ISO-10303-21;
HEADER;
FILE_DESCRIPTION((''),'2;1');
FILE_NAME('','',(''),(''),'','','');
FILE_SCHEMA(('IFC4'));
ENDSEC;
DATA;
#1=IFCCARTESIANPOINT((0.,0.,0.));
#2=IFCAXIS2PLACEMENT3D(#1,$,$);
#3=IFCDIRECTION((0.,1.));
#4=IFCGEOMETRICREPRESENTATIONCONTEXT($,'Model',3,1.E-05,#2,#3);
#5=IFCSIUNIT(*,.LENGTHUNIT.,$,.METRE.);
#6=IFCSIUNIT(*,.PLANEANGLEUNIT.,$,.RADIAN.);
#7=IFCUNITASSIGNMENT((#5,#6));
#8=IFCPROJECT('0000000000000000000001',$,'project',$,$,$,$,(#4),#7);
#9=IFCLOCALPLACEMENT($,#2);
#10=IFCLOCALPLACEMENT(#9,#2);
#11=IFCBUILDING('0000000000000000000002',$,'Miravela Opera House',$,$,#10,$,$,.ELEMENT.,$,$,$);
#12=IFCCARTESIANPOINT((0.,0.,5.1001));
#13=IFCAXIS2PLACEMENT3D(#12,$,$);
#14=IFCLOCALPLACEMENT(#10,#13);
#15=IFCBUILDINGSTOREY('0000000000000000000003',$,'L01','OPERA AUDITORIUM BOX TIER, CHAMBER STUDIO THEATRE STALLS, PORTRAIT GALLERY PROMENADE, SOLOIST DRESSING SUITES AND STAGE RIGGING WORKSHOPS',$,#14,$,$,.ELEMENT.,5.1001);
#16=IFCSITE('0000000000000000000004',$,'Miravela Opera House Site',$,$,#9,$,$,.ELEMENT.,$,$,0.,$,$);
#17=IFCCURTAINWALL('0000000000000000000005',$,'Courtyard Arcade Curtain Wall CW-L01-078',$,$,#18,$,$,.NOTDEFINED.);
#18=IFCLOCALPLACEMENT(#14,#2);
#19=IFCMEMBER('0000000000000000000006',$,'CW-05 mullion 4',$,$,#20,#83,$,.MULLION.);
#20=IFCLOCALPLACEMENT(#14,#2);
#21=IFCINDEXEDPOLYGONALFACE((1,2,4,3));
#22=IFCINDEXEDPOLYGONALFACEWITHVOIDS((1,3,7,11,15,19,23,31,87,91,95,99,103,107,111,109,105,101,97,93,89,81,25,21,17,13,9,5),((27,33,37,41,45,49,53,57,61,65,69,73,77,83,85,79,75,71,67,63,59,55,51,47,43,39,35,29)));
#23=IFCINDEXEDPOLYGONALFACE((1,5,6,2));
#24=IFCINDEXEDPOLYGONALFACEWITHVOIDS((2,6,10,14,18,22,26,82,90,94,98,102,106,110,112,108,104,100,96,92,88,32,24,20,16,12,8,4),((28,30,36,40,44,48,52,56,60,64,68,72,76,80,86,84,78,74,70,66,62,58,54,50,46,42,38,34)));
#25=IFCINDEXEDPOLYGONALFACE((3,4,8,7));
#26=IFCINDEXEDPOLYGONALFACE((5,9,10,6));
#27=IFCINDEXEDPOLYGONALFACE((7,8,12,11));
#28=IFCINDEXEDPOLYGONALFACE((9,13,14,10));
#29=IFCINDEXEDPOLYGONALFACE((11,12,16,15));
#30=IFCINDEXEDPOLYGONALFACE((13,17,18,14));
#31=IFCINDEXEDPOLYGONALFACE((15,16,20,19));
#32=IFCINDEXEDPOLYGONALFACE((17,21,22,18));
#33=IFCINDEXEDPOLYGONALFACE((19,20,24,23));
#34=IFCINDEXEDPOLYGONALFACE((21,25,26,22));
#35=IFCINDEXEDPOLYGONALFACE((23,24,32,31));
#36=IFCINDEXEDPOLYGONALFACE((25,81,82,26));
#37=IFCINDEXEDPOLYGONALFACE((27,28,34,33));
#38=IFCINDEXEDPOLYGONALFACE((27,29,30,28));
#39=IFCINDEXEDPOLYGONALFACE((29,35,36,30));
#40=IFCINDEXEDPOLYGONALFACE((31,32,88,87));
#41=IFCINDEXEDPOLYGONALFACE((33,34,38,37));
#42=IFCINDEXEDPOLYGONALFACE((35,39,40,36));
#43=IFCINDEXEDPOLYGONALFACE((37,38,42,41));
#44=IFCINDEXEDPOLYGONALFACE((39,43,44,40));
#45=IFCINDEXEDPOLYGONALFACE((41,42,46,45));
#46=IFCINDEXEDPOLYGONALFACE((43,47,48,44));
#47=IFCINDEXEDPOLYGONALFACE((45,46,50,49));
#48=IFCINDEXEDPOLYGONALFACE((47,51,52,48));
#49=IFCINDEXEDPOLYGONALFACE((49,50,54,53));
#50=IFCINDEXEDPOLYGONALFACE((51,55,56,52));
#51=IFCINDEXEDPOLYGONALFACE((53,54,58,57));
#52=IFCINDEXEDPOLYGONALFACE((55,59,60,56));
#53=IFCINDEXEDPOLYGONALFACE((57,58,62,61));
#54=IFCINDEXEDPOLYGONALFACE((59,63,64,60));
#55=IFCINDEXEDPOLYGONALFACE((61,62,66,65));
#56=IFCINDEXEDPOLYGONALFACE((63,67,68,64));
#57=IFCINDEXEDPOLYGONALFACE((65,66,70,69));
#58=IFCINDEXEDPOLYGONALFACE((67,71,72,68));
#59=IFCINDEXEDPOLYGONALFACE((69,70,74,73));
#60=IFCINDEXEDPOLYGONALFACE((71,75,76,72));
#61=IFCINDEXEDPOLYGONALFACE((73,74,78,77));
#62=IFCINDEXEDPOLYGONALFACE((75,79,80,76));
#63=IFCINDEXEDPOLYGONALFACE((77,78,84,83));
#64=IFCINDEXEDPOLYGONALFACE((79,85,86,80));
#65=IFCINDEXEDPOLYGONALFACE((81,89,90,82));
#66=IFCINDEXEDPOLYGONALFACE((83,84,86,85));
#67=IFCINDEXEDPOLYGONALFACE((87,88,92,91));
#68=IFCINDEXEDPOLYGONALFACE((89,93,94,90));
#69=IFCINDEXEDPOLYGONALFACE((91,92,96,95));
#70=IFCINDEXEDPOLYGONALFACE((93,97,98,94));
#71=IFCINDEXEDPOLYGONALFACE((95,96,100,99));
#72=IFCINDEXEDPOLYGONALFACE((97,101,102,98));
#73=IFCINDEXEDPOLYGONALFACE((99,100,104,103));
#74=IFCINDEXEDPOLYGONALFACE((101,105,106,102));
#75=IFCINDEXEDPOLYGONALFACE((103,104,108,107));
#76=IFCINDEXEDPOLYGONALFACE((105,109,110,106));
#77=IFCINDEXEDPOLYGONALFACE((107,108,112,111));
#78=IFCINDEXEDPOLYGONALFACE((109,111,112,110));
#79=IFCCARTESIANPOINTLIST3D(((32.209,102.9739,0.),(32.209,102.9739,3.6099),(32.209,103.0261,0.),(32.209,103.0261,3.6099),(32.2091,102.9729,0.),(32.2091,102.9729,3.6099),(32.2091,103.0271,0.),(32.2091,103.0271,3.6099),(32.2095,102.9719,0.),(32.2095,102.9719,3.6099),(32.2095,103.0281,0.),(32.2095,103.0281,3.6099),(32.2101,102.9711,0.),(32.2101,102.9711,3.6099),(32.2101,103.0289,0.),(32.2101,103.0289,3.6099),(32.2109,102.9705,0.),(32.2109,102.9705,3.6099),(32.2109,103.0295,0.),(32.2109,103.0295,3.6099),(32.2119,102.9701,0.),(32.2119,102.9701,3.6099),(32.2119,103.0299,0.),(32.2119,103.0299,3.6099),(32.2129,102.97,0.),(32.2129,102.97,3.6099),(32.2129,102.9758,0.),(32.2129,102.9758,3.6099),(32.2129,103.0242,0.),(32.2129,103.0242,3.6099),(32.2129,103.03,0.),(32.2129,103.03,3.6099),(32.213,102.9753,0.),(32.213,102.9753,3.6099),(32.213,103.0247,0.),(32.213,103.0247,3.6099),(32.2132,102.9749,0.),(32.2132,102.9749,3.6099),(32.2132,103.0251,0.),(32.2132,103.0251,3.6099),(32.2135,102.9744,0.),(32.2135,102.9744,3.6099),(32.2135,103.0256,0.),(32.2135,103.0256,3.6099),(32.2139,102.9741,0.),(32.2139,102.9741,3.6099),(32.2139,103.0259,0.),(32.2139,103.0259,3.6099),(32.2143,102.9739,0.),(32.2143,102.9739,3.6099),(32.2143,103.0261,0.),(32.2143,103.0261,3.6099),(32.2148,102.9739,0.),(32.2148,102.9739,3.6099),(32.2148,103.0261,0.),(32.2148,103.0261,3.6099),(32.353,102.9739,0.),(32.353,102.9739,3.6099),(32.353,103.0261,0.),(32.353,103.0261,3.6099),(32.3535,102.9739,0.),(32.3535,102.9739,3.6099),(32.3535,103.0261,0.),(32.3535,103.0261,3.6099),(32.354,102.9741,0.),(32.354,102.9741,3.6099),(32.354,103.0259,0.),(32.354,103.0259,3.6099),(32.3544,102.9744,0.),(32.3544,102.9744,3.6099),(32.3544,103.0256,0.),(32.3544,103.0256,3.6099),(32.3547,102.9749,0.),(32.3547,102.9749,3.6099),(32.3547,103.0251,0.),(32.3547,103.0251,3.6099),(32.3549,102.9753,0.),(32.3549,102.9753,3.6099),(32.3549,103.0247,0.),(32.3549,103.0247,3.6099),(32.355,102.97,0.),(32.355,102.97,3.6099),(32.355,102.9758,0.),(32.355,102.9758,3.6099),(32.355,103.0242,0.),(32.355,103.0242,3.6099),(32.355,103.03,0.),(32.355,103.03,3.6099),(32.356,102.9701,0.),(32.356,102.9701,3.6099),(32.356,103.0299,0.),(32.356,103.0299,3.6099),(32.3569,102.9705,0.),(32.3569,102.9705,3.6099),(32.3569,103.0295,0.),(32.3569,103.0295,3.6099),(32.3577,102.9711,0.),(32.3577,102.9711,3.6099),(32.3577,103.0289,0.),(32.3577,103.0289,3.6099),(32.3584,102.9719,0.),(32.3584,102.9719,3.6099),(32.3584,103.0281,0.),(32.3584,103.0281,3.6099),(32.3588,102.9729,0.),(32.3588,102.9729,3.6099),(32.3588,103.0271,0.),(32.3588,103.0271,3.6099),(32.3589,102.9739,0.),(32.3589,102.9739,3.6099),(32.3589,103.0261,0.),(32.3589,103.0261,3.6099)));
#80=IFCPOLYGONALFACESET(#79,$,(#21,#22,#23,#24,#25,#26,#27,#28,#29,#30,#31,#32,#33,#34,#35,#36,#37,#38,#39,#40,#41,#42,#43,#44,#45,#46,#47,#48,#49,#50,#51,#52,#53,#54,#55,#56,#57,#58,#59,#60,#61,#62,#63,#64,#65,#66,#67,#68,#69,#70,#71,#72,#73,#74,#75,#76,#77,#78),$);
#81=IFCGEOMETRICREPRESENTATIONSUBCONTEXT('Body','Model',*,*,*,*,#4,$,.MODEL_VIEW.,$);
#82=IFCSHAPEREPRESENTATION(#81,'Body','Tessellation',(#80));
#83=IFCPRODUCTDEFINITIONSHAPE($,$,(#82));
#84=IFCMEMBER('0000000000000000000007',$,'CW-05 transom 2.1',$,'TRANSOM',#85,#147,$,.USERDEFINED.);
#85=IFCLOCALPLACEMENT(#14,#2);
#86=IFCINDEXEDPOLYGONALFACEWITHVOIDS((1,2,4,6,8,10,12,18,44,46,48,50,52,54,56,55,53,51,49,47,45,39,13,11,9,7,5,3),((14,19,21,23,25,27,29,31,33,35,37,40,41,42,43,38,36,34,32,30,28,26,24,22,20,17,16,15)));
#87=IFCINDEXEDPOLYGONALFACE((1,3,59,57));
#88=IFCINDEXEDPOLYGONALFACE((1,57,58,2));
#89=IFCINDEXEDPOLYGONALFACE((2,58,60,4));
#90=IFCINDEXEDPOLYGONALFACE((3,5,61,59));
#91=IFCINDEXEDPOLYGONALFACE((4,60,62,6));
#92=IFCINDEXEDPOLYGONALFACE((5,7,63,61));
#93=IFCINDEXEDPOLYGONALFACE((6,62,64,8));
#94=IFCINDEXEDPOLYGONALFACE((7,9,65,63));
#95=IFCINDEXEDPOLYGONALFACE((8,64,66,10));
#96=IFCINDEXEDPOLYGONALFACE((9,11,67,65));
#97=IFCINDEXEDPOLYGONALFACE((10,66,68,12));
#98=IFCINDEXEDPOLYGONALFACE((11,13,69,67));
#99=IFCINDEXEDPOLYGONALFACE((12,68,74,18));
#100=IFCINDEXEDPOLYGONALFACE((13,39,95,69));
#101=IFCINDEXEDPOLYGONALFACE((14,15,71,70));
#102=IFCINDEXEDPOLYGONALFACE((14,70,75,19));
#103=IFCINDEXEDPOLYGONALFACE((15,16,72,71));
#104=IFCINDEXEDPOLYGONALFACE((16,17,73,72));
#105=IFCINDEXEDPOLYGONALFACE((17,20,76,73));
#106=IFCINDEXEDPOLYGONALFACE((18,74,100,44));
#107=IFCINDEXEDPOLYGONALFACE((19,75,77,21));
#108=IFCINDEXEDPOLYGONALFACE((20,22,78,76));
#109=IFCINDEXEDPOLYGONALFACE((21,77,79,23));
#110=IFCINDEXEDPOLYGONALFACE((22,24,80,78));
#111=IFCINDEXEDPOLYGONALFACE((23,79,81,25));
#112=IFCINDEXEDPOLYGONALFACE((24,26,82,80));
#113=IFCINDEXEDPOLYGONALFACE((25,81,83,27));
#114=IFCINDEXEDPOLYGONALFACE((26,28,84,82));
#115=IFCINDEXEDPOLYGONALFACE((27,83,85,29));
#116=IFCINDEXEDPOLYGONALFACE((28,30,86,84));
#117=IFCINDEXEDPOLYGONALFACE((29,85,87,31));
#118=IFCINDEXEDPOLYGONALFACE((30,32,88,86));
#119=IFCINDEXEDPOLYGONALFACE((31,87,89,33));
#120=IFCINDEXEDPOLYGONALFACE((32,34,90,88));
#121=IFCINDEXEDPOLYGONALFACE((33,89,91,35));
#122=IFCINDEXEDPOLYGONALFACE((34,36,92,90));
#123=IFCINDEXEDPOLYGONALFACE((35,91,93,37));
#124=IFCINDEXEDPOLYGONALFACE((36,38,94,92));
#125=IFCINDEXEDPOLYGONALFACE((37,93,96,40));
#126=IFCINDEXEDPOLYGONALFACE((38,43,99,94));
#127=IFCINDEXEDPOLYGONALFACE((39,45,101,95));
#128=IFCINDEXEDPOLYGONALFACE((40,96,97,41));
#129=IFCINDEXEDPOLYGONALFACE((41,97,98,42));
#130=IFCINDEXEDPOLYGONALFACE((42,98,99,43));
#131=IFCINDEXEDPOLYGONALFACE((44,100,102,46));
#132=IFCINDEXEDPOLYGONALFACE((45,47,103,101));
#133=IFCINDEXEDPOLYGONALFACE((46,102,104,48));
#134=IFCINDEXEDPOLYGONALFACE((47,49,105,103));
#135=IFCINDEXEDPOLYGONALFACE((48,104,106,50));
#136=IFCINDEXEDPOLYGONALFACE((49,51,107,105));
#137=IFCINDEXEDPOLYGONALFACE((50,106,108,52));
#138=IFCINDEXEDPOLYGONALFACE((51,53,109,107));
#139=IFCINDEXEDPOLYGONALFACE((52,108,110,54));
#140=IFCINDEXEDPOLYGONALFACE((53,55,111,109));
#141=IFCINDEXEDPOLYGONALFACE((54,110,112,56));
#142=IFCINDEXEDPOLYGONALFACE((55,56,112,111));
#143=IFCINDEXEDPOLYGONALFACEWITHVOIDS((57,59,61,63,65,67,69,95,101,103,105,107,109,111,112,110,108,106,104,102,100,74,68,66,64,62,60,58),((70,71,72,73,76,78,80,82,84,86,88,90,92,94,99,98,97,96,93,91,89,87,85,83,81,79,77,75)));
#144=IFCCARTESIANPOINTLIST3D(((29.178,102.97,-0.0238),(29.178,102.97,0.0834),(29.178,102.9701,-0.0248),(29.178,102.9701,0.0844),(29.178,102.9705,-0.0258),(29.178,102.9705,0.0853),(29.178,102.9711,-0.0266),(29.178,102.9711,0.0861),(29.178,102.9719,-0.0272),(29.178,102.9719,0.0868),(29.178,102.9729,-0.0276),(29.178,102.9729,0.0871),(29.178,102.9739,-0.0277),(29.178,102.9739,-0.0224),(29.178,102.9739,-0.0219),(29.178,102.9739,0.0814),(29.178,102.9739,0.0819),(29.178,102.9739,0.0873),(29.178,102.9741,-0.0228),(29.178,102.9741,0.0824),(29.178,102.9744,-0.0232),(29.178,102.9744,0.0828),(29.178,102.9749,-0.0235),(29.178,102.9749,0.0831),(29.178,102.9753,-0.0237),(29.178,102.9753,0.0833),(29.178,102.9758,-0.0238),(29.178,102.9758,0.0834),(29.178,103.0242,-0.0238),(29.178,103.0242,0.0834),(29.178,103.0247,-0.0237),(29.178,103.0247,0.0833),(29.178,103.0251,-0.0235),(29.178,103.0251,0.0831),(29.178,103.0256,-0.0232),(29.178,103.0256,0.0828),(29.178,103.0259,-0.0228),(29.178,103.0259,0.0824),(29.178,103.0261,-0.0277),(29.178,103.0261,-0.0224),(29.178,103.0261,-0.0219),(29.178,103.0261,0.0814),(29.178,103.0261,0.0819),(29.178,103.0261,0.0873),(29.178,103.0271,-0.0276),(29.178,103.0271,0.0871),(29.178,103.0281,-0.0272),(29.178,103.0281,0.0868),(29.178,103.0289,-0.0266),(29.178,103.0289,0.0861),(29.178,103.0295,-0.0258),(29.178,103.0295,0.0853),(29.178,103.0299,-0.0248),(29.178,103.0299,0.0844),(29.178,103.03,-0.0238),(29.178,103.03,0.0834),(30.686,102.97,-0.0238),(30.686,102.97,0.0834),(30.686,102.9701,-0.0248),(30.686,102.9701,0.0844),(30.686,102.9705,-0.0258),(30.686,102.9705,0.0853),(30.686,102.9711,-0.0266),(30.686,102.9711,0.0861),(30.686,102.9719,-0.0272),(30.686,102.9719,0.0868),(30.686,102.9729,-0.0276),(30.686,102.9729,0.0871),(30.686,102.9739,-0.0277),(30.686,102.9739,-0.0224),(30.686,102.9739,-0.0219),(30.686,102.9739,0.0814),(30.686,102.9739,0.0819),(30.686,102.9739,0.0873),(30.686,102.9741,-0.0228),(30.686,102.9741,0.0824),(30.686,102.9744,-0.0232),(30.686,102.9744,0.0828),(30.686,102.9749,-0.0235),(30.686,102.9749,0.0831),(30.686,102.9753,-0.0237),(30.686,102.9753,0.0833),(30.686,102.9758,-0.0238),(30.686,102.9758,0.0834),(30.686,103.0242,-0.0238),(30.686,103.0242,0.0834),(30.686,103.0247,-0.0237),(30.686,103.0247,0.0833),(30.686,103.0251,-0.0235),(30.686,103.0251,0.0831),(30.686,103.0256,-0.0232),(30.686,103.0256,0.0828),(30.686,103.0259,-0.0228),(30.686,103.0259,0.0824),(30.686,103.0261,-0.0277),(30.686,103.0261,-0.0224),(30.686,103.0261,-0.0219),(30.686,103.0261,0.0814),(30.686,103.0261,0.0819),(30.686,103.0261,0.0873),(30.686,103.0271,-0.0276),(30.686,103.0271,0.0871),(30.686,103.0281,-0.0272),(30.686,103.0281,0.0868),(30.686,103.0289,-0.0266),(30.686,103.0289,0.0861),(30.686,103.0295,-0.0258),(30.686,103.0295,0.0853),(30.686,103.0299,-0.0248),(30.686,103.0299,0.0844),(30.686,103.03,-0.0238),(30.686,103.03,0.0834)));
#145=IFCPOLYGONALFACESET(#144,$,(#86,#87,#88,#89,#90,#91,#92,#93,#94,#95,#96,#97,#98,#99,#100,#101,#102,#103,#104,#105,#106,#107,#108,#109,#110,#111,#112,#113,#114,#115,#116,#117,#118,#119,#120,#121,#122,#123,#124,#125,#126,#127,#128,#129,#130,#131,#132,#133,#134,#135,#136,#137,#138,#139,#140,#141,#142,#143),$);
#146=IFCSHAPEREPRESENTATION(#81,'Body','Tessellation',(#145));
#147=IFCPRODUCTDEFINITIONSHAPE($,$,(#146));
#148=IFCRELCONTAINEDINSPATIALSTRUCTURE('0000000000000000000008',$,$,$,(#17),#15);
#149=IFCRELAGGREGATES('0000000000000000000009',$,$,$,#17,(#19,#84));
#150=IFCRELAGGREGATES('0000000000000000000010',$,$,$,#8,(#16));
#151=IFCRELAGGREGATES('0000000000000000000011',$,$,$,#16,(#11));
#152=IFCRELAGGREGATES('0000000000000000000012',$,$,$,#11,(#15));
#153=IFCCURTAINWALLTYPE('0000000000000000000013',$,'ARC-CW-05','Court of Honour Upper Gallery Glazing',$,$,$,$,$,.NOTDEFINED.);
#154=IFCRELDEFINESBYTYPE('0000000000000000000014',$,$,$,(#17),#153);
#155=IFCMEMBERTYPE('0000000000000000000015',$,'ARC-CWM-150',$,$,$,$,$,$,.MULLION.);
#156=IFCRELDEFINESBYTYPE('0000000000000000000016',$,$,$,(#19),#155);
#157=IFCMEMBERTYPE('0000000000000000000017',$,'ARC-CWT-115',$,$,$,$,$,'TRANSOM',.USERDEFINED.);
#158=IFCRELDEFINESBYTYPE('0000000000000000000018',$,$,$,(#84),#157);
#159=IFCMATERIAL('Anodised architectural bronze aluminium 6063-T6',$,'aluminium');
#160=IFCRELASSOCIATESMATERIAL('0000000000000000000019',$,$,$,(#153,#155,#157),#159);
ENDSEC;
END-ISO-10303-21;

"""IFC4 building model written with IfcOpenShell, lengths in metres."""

from ifc_helpers import new_model, si_unit, direction, frame, origin, origin_2d, place, context, subcontext, project, spatial, hollow_rectangle, extrude, material, material_profile, profile_set, type_object, element, aggregate, save


model = new_model("IFC4")

# Units and contexts
model_context = context("Model", 3, precision=1e-05, world=origin(), true_north=direction((0.0, 1.0)))
body_context = subcontext(model_context, "Body", "Model", "MODEL_VIEW")
ifc_project = project(units=[si_unit("LENGTHUNIT", "METRE"), si_unit("PLANEANGLEUNIT", "RADIAN")], contexts=[model_context])

# Site, building, storey
site_placement = place(None, origin())
site = spatial("IfcSite", under=ifc_project, at=site_placement, Name="Miravela Opera House Site", CompositionType="ELEMENT", RefElevation=0.0)
building_placement = place(site_placement, origin())
building = spatial("IfcBuilding", under=site, at=building_placement, Name="Miravela Opera House", CompositionType="ELEMENT")
storey_placement = place(building_placement, frame((0.0, 0.0, 5.1001)))
storey = spatial("IfcBuildingStorey", under=building, at=storey_placement, Name="L01", Description="OPERA AUDITORIUM BOX TIER, CHAMBER STUDIO THEATRE STALLS, PORTRAIT GALLERY PROMENADE, SOLOIST DRESSING SUITES AND STAGE RIGGING WORKSHOPS", CompositionType="ELEMENT", Elevation=5.1001)

# Curtain wall, members
ifc_material_1 = material(Name="Anodised architectural bronze aluminium 6063-T6", Category="aluminium")
curtain_wall_type = type_object("IfcCurtainWallType", Name="ARC-CW-05", Description="Court of Honour Upper Gallery Glazing", PredefinedType="NOTDEFINED", material=ifc_material_1)
curtain_wall_placement = place(storey_placement, origin())
curtain_wall = element("IfcCurtainWall", 1, at=curtain_wall_placement, inside=storey, type_object=curtain_wall_type, Name="Courtyard Arcade Curtain Wall CW-L01-078", PredefinedType="NOTDEFINED")
ifc_material_profile_1 = material_profile(ifc_material_1, hollow_rectangle(XDim=0.0601, YDim=0.1499, WallThickness=0.0039, InnerFilletRadius=0.002, OuterFilletRadius=0.0039, at=origin_2d()), Name="CWM-60X150")
ifc_profile_set_1 = profile_set([ifc_material_profile_1])
member_type_1 = type_object("IfcMemberType", Name="ARC-CWM-150", PredefinedType="MULLION", material=ifc_profile_set_1)
member_1_placement = place(storey_placement, frame((32.2839, 103.0, 0.0), z_axis=(0.0, 0.0, 1.0), x_axis=(0.0, 1.0, 0.0)))
member_1 = element("IfcMember", 2, at=member_1_placement, type_object=member_type_1, Name="CW-05 mullion 4", PredefinedType="MULLION", context=body_context, shape_type="SweptSolid", body=[
    extrude(hollow_rectangle(XDim=0.0601, YDim=0.1499, WallThickness=0.0039, InnerFilletRadius=0.002, OuterFilletRadius=0.0039, at=origin_2d()), origin(), (0.0, 0.0, 1.0), 3.6099),
])
ifc_material_profile_2 = material_profile(ifc_material_1, hollow_rectangle(XDim=0.0601, YDim=0.115, WallThickness=0.0039, InnerFilletRadius=0.002, OuterFilletRadius=0.0039, at=origin_2d()), Name="CWT-60X115")
ifc_profile_set_2 = profile_set([ifc_material_profile_2])
member_type_2 = type_object("IfcMemberType", Name="ARC-CWT-115", ElementType="TRANSOM", PredefinedType="USERDEFINED", material=ifc_profile_set_2)
member_2_placement = place(storey_placement, frame((29.178, 103.0, 0.0298), z_axis=(1.0, 0.0, 0.0), x_axis=(0.0, 1.0, 0.0)))
member_2 = element("IfcMember", 3, at=member_2_placement, type_object=member_type_2, Name="CW-05 transom 2.1", ObjectType="TRANSOM", PredefinedType="USERDEFINED", context=body_context, shape_type="SweptSolid", body=[
    extrude(hollow_rectangle(XDim=0.0601, YDim=0.115, WallThickness=0.0039, InnerFilletRadius=0.002, OuterFilletRadius=0.0039, at=origin_2d()), origin(), (0.0, 0.0, 1.0), 1.5081),
])

aggregate(curtain_wall, [member_1, member_2])

save(model, "model.ifc")
